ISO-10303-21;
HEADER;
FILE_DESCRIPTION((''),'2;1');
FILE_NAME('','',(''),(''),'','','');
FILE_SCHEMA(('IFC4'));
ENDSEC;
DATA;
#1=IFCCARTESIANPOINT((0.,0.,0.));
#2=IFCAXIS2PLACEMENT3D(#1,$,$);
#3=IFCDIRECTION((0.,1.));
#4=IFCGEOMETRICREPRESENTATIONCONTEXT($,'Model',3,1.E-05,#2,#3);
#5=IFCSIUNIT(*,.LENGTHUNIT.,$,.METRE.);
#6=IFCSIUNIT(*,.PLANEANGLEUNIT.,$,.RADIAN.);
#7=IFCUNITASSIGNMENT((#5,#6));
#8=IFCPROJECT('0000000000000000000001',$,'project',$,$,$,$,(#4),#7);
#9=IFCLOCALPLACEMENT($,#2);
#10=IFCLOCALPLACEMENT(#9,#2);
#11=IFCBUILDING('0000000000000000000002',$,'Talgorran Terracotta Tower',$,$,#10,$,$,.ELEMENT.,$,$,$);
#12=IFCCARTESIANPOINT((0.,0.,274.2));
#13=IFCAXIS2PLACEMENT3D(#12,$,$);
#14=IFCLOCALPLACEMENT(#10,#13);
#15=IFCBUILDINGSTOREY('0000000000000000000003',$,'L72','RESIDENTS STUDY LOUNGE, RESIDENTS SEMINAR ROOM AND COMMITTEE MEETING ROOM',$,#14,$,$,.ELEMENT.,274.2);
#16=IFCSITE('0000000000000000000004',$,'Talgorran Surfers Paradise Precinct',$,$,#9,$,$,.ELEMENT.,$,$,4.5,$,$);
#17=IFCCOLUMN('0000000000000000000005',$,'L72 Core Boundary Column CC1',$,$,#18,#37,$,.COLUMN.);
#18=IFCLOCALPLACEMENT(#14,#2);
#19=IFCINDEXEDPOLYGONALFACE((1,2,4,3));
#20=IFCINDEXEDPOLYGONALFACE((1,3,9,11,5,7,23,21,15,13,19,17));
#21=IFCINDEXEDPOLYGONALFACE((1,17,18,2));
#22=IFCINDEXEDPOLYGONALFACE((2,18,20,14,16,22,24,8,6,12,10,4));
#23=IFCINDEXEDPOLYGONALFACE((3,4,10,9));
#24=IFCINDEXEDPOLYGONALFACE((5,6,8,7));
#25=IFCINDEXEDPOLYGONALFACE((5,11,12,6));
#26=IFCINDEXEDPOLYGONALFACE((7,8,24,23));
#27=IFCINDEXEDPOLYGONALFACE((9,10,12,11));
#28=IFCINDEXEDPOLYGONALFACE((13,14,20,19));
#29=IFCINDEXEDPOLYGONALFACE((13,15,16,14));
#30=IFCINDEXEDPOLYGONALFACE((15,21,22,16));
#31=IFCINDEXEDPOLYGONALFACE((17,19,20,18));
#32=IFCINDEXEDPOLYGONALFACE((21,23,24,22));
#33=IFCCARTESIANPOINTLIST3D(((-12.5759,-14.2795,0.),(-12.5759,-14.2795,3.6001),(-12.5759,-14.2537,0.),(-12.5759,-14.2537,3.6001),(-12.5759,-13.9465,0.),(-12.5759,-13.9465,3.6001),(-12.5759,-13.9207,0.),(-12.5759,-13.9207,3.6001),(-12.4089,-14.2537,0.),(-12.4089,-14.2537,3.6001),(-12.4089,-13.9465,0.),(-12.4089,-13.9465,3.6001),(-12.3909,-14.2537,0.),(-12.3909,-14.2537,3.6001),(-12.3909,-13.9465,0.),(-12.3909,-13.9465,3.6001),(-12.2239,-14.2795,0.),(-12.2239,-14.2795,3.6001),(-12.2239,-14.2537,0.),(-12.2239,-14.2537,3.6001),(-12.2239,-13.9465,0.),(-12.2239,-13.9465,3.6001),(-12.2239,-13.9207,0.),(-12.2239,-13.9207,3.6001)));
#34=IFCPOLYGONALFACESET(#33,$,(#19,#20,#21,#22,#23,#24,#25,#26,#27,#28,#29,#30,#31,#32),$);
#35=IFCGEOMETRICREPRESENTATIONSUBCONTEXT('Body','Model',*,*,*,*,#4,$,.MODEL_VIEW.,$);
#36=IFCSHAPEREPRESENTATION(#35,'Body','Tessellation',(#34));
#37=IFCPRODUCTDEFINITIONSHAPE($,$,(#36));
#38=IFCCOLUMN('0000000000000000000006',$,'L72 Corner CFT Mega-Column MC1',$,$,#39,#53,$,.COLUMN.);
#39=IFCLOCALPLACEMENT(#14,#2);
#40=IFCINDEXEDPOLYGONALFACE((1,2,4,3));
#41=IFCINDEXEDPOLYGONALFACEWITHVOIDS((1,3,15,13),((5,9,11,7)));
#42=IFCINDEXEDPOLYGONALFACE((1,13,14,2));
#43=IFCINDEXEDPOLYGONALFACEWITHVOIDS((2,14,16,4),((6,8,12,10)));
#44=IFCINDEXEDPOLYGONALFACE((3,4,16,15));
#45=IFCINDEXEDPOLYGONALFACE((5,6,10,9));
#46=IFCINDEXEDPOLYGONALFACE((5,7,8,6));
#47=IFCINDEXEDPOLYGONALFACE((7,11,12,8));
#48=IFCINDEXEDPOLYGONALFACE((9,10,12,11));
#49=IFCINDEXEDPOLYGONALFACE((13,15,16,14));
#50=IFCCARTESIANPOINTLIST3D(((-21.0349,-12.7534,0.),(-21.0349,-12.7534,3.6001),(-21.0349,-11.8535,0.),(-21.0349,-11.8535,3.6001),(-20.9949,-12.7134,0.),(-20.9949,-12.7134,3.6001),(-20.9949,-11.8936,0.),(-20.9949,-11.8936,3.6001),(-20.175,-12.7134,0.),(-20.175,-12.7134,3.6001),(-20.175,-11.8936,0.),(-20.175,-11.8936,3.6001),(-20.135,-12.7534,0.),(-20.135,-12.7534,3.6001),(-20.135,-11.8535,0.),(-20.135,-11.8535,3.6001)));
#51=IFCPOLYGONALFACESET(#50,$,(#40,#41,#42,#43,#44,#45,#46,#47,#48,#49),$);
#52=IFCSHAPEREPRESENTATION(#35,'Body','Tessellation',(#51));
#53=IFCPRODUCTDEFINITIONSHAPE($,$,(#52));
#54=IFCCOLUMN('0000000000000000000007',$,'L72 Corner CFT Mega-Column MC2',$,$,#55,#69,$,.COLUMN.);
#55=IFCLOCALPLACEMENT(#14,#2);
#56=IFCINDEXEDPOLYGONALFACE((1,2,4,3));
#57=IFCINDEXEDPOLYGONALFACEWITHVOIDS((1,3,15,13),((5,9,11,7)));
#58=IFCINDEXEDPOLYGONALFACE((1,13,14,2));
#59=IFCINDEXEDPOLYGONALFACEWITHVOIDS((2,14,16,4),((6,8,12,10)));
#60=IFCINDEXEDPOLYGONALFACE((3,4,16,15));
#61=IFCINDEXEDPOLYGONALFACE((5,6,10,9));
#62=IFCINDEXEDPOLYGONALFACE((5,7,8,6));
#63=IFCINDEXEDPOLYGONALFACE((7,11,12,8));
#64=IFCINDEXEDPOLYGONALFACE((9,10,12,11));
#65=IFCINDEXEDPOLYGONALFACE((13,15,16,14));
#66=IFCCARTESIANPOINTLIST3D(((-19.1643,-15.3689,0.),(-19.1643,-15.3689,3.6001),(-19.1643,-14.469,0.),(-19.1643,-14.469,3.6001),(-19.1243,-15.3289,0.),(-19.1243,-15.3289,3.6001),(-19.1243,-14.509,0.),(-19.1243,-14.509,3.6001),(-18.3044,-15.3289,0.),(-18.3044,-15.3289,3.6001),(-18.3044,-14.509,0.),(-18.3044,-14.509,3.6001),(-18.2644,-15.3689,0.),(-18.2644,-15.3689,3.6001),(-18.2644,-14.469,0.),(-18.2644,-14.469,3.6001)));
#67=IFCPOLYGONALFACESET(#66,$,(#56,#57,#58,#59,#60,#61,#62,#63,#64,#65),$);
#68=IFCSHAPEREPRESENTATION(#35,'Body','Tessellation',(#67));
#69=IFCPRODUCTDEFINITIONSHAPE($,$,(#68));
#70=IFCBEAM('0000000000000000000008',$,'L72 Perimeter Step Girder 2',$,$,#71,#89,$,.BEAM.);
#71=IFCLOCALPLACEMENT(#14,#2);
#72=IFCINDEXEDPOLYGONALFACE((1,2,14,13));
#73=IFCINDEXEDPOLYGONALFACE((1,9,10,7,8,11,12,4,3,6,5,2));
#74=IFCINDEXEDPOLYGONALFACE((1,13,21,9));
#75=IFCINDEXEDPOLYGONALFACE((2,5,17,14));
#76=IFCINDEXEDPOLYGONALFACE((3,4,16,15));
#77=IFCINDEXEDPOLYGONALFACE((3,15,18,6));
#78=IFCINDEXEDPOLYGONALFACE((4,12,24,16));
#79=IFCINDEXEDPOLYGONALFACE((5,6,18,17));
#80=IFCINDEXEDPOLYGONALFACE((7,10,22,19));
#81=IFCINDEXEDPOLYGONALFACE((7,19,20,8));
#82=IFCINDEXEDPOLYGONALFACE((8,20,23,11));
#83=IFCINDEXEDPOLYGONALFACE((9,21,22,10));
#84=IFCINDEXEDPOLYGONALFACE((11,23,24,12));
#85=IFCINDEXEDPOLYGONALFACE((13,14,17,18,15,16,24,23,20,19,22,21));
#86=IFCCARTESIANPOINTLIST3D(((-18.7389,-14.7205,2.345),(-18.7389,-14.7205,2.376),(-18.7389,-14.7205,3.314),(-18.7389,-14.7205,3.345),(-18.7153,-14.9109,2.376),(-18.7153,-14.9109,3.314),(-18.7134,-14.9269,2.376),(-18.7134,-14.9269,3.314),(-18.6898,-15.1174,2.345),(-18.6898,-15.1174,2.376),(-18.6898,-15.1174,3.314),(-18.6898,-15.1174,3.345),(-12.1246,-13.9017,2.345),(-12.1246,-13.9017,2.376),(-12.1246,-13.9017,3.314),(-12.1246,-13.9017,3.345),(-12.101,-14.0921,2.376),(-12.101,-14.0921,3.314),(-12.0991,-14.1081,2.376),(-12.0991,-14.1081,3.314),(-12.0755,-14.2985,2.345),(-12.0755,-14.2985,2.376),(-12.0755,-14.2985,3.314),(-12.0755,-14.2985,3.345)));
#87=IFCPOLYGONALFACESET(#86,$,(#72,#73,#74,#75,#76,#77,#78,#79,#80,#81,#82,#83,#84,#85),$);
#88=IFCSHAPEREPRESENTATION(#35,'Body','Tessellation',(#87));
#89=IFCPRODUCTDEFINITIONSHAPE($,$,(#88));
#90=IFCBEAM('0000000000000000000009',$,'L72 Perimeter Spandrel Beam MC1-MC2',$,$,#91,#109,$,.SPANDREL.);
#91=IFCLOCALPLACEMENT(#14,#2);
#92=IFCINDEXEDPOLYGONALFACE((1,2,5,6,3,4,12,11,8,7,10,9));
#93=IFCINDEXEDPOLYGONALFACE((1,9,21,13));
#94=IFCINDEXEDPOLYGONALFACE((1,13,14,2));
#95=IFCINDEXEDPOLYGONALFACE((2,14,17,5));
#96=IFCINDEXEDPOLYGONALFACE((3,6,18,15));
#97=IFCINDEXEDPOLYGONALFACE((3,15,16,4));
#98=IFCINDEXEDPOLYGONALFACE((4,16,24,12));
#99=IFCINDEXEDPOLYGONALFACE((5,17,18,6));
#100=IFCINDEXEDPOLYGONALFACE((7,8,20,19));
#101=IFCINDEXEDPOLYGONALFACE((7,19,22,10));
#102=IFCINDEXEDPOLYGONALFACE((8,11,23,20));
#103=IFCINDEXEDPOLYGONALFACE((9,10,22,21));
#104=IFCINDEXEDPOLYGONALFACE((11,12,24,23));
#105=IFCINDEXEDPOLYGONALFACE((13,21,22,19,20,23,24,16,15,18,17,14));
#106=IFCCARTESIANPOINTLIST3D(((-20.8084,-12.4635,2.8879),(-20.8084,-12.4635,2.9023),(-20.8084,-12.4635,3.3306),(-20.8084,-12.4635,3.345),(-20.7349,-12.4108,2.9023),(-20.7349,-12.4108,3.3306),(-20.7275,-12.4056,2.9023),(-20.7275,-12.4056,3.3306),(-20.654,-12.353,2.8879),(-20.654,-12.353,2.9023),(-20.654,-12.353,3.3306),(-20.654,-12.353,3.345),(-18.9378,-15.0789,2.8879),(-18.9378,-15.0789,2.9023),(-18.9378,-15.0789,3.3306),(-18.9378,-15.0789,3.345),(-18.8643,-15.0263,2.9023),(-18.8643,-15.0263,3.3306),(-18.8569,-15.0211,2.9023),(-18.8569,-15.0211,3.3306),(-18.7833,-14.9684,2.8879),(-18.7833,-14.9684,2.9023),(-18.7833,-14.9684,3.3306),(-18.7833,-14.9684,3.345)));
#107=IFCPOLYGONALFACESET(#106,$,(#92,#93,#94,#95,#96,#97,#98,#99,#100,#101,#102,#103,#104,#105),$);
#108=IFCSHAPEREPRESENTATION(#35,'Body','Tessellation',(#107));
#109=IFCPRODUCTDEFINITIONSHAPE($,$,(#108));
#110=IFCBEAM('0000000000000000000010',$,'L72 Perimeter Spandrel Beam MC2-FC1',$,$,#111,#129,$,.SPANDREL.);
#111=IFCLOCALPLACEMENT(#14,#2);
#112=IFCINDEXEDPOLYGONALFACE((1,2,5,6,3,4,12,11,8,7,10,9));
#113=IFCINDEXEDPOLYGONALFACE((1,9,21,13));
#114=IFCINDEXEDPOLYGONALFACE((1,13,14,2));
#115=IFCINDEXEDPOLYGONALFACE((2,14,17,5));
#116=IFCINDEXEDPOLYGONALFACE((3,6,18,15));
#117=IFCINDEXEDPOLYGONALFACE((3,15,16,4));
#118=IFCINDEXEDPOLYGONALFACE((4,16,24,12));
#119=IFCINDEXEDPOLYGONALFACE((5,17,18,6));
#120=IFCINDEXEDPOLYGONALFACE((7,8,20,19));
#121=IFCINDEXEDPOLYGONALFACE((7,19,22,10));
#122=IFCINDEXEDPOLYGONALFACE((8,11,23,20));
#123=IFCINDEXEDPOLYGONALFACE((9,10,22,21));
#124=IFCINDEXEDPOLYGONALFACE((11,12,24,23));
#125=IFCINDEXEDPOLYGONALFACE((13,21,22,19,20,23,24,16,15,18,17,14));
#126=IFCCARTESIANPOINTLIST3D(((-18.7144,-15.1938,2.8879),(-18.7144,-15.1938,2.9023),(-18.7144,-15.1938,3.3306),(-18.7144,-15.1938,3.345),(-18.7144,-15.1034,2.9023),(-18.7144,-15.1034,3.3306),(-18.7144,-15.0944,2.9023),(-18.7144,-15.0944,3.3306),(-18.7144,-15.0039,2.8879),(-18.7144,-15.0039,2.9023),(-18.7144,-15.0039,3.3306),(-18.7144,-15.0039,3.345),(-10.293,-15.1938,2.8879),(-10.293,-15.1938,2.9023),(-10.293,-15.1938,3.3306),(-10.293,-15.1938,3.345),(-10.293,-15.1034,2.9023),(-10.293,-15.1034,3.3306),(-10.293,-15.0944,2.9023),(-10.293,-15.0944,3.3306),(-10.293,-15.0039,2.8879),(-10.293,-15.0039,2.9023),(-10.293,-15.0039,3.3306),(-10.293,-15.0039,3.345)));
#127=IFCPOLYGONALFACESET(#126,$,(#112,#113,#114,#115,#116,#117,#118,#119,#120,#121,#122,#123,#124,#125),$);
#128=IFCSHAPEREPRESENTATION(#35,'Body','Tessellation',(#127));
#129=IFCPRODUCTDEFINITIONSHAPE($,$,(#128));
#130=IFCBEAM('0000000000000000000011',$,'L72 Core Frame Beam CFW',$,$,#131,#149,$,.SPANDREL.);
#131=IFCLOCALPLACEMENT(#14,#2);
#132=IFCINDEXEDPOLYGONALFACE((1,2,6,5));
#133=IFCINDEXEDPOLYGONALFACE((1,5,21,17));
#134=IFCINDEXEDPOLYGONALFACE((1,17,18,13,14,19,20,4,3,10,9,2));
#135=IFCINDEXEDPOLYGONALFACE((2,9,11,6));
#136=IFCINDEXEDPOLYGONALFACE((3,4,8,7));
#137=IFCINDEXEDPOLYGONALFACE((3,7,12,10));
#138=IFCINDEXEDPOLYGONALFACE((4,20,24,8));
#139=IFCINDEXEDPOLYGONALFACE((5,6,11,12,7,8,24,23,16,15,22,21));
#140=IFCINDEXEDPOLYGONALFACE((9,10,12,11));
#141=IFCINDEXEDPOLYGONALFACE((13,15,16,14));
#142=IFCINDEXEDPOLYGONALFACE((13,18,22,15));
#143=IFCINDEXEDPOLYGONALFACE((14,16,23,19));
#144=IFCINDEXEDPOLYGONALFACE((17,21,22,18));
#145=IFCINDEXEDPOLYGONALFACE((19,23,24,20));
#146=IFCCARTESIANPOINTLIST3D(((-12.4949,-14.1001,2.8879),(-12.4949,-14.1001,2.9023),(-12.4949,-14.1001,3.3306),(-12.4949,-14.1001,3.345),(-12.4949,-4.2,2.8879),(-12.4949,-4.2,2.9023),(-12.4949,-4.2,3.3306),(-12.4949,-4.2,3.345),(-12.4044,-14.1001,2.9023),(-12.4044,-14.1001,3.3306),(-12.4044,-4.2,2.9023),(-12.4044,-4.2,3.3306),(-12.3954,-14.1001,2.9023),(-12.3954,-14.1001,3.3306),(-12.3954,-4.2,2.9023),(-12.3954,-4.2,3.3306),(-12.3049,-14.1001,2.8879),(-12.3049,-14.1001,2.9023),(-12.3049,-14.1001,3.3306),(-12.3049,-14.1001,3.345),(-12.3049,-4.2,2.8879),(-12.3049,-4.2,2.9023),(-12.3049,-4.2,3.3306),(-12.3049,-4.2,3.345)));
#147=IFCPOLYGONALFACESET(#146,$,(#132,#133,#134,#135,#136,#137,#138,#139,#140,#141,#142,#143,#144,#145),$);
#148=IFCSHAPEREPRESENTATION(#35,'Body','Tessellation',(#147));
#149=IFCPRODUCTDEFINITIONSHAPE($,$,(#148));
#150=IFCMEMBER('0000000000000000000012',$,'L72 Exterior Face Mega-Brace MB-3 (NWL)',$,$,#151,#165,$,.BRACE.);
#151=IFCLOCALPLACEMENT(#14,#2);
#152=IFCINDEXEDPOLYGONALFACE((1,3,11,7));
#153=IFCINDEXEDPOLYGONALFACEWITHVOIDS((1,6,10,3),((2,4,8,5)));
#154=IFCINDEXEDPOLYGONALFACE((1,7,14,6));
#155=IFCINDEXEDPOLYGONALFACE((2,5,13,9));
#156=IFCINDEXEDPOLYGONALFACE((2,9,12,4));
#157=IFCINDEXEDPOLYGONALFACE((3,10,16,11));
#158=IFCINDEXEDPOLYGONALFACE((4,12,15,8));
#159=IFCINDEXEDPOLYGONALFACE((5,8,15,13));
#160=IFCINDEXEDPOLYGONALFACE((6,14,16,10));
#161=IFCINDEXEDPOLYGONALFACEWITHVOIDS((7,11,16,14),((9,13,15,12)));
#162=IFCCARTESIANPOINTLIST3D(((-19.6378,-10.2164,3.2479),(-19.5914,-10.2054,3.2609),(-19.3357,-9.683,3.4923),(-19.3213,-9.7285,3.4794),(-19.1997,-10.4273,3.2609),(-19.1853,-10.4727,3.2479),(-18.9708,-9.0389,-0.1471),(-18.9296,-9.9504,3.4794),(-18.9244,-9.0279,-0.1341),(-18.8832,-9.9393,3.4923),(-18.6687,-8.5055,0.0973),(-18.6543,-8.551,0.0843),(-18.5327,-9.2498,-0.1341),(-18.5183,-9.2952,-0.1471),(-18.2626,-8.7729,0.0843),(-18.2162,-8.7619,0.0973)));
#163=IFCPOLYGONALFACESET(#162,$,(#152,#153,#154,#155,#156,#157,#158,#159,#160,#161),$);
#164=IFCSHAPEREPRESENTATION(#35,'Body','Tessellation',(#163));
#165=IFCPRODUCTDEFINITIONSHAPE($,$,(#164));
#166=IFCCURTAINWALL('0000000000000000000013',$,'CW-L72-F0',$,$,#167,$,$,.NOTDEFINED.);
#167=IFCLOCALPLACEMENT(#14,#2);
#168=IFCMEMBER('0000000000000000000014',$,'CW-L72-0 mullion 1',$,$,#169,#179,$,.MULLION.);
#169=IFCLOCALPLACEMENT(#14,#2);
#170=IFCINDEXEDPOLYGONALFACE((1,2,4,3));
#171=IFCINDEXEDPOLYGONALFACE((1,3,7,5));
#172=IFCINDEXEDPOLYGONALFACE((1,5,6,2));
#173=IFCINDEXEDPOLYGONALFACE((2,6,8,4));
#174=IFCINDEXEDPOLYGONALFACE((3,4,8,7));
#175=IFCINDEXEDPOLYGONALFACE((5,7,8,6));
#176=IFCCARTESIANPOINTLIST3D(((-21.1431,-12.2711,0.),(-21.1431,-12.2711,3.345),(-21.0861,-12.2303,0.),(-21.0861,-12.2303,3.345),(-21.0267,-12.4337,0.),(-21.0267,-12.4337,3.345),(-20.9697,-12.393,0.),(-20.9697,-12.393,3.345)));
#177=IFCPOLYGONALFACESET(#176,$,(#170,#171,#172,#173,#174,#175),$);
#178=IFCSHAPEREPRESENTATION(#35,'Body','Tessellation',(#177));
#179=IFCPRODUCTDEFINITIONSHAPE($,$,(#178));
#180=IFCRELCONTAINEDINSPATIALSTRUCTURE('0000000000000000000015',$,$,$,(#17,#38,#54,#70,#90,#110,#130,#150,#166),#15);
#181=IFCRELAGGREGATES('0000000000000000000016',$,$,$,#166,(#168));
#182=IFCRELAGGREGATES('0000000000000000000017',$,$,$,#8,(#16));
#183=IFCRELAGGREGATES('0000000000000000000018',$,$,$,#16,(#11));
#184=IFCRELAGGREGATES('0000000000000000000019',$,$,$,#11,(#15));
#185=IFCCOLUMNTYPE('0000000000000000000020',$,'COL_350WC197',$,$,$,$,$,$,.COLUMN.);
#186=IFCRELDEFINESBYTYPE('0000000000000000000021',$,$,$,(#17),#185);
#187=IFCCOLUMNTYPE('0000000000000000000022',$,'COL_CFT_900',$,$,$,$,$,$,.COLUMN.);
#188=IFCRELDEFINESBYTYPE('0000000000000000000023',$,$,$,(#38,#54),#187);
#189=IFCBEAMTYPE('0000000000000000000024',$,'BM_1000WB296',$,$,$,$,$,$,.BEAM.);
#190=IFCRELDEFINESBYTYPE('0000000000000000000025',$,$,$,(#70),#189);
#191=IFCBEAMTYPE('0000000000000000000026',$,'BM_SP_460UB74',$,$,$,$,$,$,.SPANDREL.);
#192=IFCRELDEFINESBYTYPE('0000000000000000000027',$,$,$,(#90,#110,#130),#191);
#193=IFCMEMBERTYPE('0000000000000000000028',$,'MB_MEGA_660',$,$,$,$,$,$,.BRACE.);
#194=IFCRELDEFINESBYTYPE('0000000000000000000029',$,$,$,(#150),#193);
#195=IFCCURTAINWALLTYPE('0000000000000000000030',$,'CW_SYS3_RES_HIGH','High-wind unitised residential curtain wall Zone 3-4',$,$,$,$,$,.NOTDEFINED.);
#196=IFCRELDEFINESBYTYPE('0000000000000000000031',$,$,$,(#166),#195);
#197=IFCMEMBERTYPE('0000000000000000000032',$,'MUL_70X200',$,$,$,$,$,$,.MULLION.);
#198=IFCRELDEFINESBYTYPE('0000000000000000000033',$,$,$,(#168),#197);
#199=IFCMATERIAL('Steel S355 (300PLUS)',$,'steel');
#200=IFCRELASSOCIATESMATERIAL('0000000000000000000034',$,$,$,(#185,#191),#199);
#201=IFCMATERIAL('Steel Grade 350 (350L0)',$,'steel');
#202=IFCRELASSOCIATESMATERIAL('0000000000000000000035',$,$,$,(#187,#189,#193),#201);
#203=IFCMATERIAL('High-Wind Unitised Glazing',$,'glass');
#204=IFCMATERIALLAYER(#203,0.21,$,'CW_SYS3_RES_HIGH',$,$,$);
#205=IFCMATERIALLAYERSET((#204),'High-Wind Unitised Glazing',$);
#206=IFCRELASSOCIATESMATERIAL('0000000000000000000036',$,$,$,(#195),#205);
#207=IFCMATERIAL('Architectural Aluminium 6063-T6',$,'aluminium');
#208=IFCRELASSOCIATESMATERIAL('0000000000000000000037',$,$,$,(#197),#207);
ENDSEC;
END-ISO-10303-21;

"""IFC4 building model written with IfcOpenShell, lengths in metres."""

from ifc_helpers import new_model, si_unit, direction, frame, origin, origin_2d, place, context, subcontext, project, spatial, rectangle, hollow_rectangle, i_section, extrude, material, layer, layer_set, material_profile, profile_set, type_object, element, aggregate, save


model = new_model("IFC4")

# Units and contexts
model_context = context("Model", 3, precision=1e-05, world=origin(), true_north=direction((0.0, 1.0)))
body_context = subcontext(model_context, "Body", "Model", "MODEL_VIEW")
ifc_project = project(units=[si_unit("LENGTHUNIT", "METRE"), si_unit("PLANEANGLEUNIT", "RADIAN")], contexts=[model_context])

# Site, building, storey
site_placement = place(None, origin())
site = spatial("IfcSite", under=ifc_project, at=site_placement, Name="Talgorran Surfers Paradise Precinct", CompositionType="ELEMENT", RefElevation=4.5)
building_placement = place(site_placement, origin())
building = spatial("IfcBuilding", under=site, at=building_placement, Name="Talgorran Terracotta Tower", CompositionType="ELEMENT")
storey_placement = place(building_placement, frame((0.0, 0.0, 274.2)))
storey = spatial("IfcBuildingStorey", under=building, at=storey_placement, Name="L72", Description="RESIDENTS STUDY LOUNGE, RESIDENTS SEMINAR ROOM AND COMMITTEE MEETING ROOM", CompositionType="ELEMENT", Elevation=274.2)

# Columns
ifc_material_1 = material(Name="Steel S355 (300PLUS)", Category="steel")
ifc_material_profile_1 = material_profile(ifc_material_1, i_section(OverallWidth=0.3521, OverallDepth=0.3589, WebThickness=0.0181, FlangeThickness=0.0259, at=origin_2d()), Name="350WC197")
ifc_profile_set_1 = profile_set([ifc_material_profile_1], Name="Steel S355 (300PLUS)")
column_type_1 = type_object("IfcColumnType", Name="COL_350WC197", PredefinedType="COLUMN", material=ifc_profile_set_1)
column_placement = place(storey_placement, frame((-12.3999, -14.1001, 0.0), z_axis=(0.0, 0.0, 1.0), x_axis=(1.0, 0.0, 0.0)))
element("IfcColumn", 1, at=column_placement, inside=storey, type_object=column_type_1, Name="L72 Core Boundary Column CC1", PredefinedType="COLUMN", context=body_context, shape_type="SweptSolid", body=[
    extrude(i_section(OverallWidth=0.3521, OverallDepth=0.3589, WebThickness=0.0181, FlangeThickness=0.0259, at=origin_2d()), origin(), (0.0, 0.0, 1.0), 3.6001),
])
ifc_material_2 = material(Name="Steel Grade 350 (350L0)", Category="steel")
ifc_material_profile_2 = material_profile(ifc_material_2, hollow_rectangle(XDim=0.8999, YDim=0.8999, WallThickness=0.04, at=origin_2d()), Name="CFT900X900X40")
ifc_profile_set_2 = profile_set([ifc_material_profile_2], Name="Steel Grade 350 (350L0)")
column_type_2 = type_object("IfcColumnType", Name="COL_CFT_900", PredefinedType="COLUMN", material=ifc_profile_set_2)
for number, where, z_axis, x_axis, name in (
    (2, (-20.585, -12.3035, 0.0), (0.0, 0.0, 1.0), (1.0, 0.0, 0.0), "L72 Corner CFT Mega-Column MC1"),
    (3, (-18.7144, -14.9189, 0.0), (0.0, 0.0, 1.0), (1.0, 0.0, 0.0), "L72 Corner CFT Mega-Column MC2"),
):
    element("IfcColumn", number, at=place(storey_placement, frame(where, z_axis=z_axis, x_axis=x_axis)), inside=storey, type_object=column_type_2, Name=name, PredefinedType="COLUMN", context=body_context, shape_type="SweptSolid", body=[
        extrude(hollow_rectangle(XDim=0.8999, YDim=0.8999, WallThickness=0.04, at=origin_2d()), origin(), (0.0, 0.0, 1.0), 3.6001),
    ])

# Beams
ifc_material_profile_3 = material_profile(ifc_material_2, i_section(OverallWidth=0.3999, OverallDepth=1.0, WebThickness=0.0161, FlangeThickness=0.031, at=origin_2d()), Name="1000WB296")
ifc_profile_set_3 = profile_set([ifc_material_profile_3], Name="Steel Grade 350 (350L0)")
beam_type_1 = type_object("IfcBeamType", Name="BM_1000WB296", PredefinedType="BEAM", material=ifc_profile_set_3)
beam_1_placement = place(storey_placement, frame((-18.7144, -14.9189, 2.845), z_axis=(0.992424, 0.122862, 0.0), x_axis=(-0.122862, 0.992424, 0.0)))
element("IfcBeam", 4, at=beam_1_placement, inside=storey, type_object=beam_type_1, Name="L72 Perimeter Step Girder 2", PredefinedType="BEAM", context=body_context, shape_type="SweptSolid", body=[
    extrude(i_section(OverallWidth=0.3999, OverallDepth=1.0, WebThickness=0.0161, FlangeThickness=0.031, at=origin_2d()), origin(), (0.0, 0.0, 1.0), 6.6648),
])
ifc_material_profile_4 = material_profile(ifc_material_1, i_section(OverallWidth=0.1899, OverallDepth=0.457, WebThickness=0.009, FlangeThickness=0.0144, at=origin_2d()), Name="460UB74.6")
ifc_profile_set_4 = profile_set([ifc_material_profile_4], Name="Steel S355 (300PLUS)")
beam_type_2 = type_object("IfcBeamType", Name="BM_SP_460UB74", PredefinedType="SPANDREL", material=ifc_profile_set_4)
beam_2_placement = place(storey_placement, frame((-20.7312, -12.4082, 3.1165), z_axis=(0.581734, -0.813379, 0.0), x_axis=(0.813379, 0.581734, 0.0)))
element("IfcBeam", 5, at=beam_2_placement, inside=storey, type_object=beam_type_2, Name="L72 Perimeter Spandrel Beam MC1-MC2", PredefinedType="SPANDREL", context=body_context, shape_type="SweptSolid", body=[
    extrude(i_section(OverallWidth=0.1899, OverallDepth=0.457, WebThickness=0.009, FlangeThickness=0.0144, at=origin_2d()), origin(), (0.0, 0.0, 1.0), 3.2156),
])
beam_3_placement = place(storey_placement, frame((-18.7144, -15.0989, 3.1165), z_axis=(1.0, 0.0, 0.0), x_axis=(0.0, 1.0, 0.0)))
element("IfcBeam", 6, at=beam_3_placement, inside=storey, type_object=beam_type_2, Name="L72 Perimeter Spandrel Beam MC2-FC1", PredefinedType="SPANDREL", context=body_context, shape_type="SweptSolid", body=[
    extrude(i_section(OverallWidth=0.1899, OverallDepth=0.457, WebThickness=0.009, FlangeThickness=0.0144, at=origin_2d()), origin(), (0.0, 0.0, 1.0), 8.4214),
])
beam_4_placement = place(storey_placement, frame((-12.3999, -14.1001, 3.1165), z_axis=(0.0, 1.0, 0.0), x_axis=(-1.0, 0.0, 0.0)))
element("IfcBeam", 7, at=beam_4_placement, inside=storey, type_object=beam_type_2, Name="L72 Core Frame Beam CFW", PredefinedType="SPANDREL", context=body_context, shape_type="SweptSolid", body=[
    extrude(i_section(OverallWidth=0.1899, OverallDepth=0.457, WebThickness=0.009, FlangeThickness=0.0144, at=origin_2d()), origin(), (0.0, 0.0, 1.0), 9.9001),
])

# Member
ifc_material_profile_5 = material_profile(ifc_material_2, hollow_rectangle(XDim=0.52, YDim=0.6599, WallThickness=0.0349, at=origin_2d()), Name="WBOX660X520X35")
ifc_profile_set_5 = profile_set([ifc_material_profile_5], Name="Steel Grade 350 (350L0)")
member_type_1 = type_object("IfcMemberType", Name="MB_MEGA_660", PredefinedType="BRACE", material=ifc_profile_set_5)
member_1_placement = place(storey_placement, frame((-18.5935, -8.9004, -0.0249), z_axis=(-0.182498, -0.322177, 0.928922), x_axis=(0.870102, -0.492871, 0.0)))
element("IfcMember", 8, at=member_1_placement, inside=storey, type_object=member_type_1, Name="L72 Exterior Face Mega-Brace MB-3 (NWL)", PredefinedType="BRACE", context=body_context, shape_type="SweptSolid", body=[
    extrude(hollow_rectangle(XDim=0.52, YDim=0.6599, WallThickness=0.0349, at=origin_2d()), origin(), (0.0, 0.0, 1.0), 3.6548),
])

# Curtain wall, member
ifc_material_3 = material(Name="High-Wind Unitised Glazing", Category="glass")
ifc_layer_1 = layer(ifc_material_3, 0.21, Name="CW_SYS3_RES_HIGH")
ifc_layer_set_1 = layer_set([ifc_layer_1], Name="High-Wind Unitised Glazing")
curtain_wall_type = type_object("IfcCurtainWallType", Name="CW_SYS3_RES_HIGH", Description="High-wind unitised residential curtain wall Zone 3-4", PredefinedType="NOTDEFINED", material=ifc_layer_set_1)
curtain_wall_1_placement = place(storey_placement, origin())
curtain_wall_1 = element("IfcCurtainWall", 9, at=curtain_wall_1_placement, inside=storey, type_object=curtain_wall_type, Name="CW-L72-F0", PredefinedType="NOTDEFINED")
ifc_material_4 = material(Name="Architectural Aluminium 6063-T6", Category="aluminium")
ifc_material_profile_6 = material_profile(ifc_material_4, rectangle(XDim=0.0701, YDim=0.2, at=origin_2d()), Name="CWM70X200")
ifc_profile_set_6 = profile_set([ifc_material_profile_6], Name="Architectural Aluminium 6063-T6")
member_type_2 = type_object("IfcMemberType", Name="MUL_70X200", PredefinedType="MULLION", material=ifc_profile_set_6)
member_2_placement = place(storey_placement, frame((-21.0564, -12.332, 0.0), z_axis=(0.0, 0.0, 1.0), x_axis=(0.813371, 0.581746, 0.0)))
member_2 = element("IfcMember", 10, at=member_2_placement, type_object=member_type_2, Name="CW-L72-0 mullion 1", PredefinedType="MULLION", context=body_context, shape_type="SweptSolid", body=[
    extrude(rectangle(XDim=0.0701, YDim=0.2, at=origin_2d()), origin(), (0.0, 0.0, 1.0), 3.345),
])

aggregate(curtain_wall_1, [member_2])

save(model, "model.ifc")
